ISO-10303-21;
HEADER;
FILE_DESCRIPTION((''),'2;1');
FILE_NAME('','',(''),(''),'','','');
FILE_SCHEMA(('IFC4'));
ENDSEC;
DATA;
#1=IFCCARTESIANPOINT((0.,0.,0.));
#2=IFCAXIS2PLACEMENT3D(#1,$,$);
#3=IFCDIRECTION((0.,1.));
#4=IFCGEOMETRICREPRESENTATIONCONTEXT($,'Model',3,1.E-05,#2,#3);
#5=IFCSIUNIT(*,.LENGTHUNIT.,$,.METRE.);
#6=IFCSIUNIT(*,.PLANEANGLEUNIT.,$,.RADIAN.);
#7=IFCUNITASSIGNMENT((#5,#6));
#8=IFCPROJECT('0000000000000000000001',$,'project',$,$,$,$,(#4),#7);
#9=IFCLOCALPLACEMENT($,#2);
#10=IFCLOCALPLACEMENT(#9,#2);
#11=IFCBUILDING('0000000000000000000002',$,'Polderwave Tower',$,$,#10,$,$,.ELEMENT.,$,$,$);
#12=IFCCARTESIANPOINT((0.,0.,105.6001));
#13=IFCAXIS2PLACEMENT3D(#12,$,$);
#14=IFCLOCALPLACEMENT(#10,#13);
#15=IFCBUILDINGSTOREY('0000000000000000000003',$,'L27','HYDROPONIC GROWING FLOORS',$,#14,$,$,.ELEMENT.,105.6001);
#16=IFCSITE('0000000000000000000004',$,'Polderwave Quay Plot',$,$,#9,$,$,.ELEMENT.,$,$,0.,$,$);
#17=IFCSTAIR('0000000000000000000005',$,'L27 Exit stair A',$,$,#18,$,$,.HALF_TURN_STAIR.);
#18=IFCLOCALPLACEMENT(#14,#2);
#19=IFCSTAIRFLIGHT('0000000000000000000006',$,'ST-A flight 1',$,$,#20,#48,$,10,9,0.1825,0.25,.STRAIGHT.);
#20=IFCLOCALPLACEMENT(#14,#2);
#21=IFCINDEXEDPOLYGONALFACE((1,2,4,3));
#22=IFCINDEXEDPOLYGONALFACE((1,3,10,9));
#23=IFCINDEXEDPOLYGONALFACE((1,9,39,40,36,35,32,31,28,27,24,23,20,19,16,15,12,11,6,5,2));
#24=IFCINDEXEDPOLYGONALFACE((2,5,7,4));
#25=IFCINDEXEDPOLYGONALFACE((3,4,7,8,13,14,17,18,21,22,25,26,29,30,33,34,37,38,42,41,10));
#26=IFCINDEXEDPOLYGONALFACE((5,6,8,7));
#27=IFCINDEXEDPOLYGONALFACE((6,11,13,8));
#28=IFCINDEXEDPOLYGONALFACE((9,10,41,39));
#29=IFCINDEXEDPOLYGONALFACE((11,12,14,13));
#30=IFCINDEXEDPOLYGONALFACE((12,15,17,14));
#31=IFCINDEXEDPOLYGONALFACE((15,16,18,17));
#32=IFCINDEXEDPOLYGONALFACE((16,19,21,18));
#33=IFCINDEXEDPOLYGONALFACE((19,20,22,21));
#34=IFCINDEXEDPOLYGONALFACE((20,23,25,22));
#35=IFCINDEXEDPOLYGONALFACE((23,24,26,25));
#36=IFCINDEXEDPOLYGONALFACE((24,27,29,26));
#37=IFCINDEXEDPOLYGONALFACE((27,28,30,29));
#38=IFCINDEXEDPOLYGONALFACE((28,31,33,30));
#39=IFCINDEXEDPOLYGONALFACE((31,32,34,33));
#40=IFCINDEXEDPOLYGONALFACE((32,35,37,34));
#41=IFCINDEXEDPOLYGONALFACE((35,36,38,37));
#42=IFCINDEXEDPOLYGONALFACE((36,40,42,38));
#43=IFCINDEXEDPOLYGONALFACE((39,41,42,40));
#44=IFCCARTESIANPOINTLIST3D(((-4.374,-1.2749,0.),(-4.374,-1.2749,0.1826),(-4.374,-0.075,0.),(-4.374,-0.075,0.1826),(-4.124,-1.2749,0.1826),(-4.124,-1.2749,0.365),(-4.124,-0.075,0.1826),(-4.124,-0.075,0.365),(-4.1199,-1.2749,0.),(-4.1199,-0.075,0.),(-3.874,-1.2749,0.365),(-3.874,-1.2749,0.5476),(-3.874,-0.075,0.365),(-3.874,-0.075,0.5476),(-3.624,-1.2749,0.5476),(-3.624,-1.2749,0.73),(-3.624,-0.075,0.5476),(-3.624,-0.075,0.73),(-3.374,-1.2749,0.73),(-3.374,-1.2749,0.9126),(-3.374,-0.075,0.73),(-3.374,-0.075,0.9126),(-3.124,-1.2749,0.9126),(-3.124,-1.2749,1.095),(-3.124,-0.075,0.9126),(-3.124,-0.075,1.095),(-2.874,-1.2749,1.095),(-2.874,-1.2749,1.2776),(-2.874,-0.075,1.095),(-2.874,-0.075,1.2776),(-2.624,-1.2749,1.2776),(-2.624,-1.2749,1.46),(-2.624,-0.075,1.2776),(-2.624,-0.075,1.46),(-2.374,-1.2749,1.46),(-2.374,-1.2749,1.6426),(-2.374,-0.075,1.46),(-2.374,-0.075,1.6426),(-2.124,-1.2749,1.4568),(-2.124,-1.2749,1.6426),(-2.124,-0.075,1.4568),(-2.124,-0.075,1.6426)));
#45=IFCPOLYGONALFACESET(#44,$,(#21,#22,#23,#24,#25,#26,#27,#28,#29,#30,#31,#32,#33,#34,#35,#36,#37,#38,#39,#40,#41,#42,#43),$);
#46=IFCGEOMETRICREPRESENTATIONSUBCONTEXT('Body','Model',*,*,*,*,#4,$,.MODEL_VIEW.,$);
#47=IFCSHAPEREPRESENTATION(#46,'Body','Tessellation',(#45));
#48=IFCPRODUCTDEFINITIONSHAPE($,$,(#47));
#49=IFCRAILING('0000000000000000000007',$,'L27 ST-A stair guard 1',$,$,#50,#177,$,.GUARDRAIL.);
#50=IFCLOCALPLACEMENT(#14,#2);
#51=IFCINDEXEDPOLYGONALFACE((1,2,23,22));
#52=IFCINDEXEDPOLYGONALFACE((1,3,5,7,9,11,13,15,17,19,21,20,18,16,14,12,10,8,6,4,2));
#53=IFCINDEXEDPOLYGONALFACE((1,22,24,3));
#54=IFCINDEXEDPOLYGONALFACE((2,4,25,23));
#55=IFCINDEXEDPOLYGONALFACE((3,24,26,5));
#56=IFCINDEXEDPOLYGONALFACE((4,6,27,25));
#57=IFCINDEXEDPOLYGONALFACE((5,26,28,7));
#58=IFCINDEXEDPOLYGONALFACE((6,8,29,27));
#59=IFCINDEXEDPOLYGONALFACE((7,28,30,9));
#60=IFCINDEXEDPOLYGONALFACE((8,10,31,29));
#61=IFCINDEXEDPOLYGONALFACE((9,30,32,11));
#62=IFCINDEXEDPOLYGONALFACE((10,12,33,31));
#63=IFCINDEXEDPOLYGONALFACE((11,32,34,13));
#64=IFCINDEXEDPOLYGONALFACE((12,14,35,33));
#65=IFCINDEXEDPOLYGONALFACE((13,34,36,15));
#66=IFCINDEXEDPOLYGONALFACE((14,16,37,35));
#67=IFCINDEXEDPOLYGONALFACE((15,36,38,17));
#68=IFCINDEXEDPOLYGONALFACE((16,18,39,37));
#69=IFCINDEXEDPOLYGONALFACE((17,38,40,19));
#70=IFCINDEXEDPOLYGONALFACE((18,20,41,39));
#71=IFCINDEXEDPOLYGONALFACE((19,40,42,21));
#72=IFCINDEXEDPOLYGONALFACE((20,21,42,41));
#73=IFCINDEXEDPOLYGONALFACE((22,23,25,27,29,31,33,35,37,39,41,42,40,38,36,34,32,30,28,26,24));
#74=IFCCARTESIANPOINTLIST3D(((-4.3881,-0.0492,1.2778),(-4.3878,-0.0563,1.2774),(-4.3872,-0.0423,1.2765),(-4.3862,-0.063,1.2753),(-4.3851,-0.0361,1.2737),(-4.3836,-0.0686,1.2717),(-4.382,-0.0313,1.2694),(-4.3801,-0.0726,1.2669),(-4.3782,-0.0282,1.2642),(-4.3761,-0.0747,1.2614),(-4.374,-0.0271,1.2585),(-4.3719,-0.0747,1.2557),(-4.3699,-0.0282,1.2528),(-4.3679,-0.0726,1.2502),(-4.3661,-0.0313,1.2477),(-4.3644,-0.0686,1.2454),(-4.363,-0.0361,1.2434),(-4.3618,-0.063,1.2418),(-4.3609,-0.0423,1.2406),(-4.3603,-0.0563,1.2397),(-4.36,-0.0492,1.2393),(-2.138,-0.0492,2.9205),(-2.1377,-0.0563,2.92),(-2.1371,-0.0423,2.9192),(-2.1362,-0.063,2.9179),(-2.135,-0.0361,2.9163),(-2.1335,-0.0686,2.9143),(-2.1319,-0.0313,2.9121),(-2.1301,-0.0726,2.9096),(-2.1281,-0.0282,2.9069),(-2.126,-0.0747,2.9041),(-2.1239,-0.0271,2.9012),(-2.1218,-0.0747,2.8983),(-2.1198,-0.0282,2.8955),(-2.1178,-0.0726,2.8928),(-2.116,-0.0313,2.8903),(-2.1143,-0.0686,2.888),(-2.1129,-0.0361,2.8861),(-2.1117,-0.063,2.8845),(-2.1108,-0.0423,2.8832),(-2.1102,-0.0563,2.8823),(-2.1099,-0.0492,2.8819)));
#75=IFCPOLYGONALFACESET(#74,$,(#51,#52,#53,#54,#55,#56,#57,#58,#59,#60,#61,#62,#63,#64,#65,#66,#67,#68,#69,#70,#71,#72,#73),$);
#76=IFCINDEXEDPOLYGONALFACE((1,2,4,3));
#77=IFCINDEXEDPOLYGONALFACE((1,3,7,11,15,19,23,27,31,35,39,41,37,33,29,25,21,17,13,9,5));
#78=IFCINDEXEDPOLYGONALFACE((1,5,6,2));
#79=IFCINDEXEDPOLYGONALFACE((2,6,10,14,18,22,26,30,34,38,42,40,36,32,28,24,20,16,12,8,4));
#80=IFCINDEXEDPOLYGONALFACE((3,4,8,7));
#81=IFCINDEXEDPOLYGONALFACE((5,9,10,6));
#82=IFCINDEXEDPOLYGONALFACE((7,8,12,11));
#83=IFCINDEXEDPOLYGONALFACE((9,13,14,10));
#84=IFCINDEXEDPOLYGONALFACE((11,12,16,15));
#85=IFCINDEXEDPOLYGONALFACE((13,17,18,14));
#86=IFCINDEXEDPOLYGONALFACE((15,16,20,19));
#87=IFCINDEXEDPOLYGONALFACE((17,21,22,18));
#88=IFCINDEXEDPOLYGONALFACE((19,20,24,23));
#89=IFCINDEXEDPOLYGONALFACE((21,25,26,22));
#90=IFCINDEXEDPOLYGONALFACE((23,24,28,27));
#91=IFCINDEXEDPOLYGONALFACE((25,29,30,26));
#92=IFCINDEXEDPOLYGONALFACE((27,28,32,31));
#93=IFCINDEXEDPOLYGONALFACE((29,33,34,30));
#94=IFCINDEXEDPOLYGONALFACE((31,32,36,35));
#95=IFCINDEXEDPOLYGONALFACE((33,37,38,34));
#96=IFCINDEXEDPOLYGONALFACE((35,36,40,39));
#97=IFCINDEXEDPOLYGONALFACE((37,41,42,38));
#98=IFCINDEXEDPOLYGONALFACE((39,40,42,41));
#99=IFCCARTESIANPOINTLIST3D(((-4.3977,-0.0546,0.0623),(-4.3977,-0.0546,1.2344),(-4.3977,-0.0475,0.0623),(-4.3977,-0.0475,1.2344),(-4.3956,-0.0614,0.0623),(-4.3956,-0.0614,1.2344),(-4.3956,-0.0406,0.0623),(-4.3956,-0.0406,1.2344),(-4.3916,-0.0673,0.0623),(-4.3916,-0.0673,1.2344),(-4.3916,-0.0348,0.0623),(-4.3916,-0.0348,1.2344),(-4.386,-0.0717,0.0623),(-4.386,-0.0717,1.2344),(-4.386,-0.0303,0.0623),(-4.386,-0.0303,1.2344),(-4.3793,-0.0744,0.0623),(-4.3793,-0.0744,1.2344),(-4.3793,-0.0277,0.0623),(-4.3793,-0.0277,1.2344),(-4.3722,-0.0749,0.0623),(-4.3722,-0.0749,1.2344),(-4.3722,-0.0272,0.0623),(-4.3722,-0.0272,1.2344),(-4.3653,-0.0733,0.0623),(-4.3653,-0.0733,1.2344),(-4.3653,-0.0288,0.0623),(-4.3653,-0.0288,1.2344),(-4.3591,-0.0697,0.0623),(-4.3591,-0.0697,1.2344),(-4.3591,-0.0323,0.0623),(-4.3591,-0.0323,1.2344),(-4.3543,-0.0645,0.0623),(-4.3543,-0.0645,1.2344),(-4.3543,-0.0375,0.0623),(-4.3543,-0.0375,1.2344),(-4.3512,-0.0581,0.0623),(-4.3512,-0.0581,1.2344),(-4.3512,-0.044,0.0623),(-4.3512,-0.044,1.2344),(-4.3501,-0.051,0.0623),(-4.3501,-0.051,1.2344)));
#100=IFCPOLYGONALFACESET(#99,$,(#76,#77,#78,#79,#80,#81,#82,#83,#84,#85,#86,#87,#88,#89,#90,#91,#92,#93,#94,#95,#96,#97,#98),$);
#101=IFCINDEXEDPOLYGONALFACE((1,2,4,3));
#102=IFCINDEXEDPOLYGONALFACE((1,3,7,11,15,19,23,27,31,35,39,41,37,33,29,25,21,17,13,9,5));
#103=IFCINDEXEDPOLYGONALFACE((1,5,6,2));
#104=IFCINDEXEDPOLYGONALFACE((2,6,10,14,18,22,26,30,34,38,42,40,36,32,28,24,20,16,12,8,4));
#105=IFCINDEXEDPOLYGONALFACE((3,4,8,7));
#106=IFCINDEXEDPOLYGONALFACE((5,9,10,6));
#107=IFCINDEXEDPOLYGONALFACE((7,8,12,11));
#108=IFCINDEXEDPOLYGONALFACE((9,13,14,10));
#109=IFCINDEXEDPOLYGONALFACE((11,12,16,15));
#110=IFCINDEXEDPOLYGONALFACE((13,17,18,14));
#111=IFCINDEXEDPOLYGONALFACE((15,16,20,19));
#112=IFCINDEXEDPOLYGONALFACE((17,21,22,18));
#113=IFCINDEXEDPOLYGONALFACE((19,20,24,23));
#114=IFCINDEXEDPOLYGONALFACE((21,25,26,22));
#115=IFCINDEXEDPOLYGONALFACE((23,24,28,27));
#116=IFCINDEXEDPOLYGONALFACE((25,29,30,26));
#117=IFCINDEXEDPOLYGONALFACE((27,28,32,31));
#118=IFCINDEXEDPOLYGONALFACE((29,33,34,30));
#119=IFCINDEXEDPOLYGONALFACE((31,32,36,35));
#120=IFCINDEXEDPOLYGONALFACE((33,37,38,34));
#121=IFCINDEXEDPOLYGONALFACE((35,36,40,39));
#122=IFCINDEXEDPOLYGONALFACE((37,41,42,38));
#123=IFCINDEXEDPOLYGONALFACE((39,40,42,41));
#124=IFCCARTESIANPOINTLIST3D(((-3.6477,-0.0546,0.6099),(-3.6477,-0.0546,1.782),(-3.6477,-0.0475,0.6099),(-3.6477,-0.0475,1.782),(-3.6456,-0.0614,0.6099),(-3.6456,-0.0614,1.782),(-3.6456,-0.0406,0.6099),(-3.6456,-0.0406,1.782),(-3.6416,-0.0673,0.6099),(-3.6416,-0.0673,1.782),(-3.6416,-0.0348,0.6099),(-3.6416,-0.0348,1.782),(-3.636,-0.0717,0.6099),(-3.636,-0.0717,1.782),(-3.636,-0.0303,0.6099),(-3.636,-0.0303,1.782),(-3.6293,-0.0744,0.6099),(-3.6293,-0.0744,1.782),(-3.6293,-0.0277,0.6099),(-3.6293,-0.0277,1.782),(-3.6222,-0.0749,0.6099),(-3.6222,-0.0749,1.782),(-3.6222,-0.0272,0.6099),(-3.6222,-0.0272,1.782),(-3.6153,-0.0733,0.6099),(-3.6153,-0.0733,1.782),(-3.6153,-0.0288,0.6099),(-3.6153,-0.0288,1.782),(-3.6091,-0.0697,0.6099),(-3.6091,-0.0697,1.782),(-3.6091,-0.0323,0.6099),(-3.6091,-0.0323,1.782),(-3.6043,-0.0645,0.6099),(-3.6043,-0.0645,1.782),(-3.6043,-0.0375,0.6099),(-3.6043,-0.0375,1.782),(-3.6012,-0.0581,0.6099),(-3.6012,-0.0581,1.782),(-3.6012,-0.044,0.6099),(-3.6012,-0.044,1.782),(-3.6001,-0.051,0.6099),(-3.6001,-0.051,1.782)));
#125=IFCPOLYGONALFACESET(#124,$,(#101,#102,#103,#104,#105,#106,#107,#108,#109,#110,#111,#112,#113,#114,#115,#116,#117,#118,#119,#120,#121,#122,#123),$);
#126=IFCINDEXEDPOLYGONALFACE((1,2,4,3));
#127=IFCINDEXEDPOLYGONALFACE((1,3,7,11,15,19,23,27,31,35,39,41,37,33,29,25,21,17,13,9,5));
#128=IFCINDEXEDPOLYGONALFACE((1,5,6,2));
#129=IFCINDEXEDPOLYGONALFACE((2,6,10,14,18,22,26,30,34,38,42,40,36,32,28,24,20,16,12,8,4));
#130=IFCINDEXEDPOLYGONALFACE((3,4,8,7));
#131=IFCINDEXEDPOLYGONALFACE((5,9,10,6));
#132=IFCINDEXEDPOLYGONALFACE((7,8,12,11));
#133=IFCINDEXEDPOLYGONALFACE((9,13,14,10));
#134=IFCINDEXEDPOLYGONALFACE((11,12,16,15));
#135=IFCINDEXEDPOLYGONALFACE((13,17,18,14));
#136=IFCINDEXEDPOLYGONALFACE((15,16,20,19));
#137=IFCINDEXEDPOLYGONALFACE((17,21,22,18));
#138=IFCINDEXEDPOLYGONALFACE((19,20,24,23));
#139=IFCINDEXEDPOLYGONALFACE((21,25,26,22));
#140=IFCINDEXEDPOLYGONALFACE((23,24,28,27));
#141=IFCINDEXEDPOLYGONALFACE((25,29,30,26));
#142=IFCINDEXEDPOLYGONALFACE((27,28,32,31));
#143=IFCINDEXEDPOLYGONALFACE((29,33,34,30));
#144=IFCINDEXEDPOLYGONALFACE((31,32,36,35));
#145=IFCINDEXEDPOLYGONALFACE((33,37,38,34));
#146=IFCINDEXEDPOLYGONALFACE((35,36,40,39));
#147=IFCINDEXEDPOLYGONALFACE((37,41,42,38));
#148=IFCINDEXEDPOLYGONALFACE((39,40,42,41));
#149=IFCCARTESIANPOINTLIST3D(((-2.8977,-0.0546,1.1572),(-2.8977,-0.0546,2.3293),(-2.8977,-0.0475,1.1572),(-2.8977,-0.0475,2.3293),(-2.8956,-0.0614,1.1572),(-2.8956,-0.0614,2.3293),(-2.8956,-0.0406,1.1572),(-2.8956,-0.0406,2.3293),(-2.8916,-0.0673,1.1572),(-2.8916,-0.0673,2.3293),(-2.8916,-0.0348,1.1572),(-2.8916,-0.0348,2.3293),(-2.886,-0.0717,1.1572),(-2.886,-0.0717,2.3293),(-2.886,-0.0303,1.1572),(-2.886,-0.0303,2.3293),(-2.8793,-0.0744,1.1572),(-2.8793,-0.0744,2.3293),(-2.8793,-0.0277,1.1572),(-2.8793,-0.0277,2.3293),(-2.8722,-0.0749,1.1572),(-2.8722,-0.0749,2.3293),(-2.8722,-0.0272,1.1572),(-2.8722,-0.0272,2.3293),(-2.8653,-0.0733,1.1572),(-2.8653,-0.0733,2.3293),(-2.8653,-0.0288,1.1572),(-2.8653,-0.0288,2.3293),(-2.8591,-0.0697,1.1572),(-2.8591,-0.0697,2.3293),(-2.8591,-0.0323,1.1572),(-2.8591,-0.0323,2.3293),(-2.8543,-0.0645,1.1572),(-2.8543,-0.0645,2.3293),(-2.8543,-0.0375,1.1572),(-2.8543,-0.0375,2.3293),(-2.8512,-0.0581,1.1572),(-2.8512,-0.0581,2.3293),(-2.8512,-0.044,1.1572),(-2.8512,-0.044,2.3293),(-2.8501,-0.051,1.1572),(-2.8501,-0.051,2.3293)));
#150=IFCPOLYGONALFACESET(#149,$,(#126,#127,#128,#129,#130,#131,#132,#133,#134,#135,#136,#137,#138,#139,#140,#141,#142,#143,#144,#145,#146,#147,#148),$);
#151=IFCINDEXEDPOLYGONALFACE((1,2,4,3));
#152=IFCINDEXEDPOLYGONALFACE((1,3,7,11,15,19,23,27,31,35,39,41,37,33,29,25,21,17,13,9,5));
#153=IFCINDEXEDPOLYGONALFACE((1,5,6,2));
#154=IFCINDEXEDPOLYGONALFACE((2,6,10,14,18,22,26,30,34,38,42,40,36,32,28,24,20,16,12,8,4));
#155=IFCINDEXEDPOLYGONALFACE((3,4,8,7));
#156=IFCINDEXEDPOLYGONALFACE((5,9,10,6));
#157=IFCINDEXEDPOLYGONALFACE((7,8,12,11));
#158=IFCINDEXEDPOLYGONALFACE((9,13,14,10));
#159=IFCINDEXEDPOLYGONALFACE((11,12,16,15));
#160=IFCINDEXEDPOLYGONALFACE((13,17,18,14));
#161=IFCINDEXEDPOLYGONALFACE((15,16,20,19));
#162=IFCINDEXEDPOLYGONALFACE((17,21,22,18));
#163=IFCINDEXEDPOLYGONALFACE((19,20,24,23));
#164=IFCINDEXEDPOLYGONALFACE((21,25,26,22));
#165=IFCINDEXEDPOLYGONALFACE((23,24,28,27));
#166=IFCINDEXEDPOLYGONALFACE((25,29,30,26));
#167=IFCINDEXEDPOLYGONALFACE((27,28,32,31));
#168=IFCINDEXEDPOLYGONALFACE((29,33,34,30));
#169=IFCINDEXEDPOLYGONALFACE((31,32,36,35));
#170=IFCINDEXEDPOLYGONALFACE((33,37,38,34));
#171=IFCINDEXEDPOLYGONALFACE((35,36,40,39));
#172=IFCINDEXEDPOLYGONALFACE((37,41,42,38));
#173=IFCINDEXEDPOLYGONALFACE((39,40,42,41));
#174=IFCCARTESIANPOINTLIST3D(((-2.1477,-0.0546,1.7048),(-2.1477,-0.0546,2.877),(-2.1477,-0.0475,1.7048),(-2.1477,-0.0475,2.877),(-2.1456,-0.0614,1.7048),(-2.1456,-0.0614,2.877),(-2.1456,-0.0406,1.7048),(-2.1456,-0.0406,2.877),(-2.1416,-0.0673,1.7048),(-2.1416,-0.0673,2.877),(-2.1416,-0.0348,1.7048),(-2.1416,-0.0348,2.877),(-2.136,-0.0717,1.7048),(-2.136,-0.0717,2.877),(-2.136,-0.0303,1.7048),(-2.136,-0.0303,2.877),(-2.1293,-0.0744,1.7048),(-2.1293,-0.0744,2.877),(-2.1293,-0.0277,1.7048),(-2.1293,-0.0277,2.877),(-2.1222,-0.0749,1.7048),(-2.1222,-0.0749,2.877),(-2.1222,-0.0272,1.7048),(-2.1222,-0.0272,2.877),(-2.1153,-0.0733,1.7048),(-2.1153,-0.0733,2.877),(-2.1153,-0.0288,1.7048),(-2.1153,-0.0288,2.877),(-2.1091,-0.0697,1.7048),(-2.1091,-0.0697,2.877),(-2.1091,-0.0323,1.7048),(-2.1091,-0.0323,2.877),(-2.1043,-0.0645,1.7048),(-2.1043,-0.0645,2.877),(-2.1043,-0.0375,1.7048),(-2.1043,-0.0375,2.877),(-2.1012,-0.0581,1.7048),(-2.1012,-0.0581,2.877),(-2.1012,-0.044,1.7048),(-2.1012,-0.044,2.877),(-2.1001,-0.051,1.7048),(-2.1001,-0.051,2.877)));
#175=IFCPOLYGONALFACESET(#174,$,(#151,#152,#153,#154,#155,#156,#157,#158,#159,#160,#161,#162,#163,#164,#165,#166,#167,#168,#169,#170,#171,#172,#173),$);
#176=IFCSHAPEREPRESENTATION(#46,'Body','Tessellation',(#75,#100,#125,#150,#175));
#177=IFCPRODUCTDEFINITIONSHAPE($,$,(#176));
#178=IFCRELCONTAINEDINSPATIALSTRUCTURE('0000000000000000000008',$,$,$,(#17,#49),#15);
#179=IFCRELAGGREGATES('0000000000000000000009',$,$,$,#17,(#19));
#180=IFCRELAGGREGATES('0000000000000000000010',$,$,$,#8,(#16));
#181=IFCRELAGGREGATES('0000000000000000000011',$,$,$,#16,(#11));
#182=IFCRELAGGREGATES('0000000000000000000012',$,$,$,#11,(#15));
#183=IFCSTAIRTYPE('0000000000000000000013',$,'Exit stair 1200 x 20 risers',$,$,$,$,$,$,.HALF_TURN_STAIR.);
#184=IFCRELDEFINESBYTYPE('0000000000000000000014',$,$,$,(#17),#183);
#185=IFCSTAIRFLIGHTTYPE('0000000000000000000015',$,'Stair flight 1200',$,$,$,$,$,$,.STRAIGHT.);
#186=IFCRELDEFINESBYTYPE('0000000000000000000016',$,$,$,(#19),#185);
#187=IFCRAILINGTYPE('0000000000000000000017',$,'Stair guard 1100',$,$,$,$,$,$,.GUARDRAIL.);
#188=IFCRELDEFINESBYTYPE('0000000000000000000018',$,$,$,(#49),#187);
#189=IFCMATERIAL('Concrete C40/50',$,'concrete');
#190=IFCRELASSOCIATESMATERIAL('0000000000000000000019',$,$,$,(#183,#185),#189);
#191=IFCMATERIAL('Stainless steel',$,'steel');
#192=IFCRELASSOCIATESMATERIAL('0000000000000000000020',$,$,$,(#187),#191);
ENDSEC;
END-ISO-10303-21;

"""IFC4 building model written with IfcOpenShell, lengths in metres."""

from ifc_helpers import new_model, si_unit, direction, frame, origin, origin_2d, place, context, subcontext, project, spatial, polyline, circle, outline, extrude, material, type_object, element, aggregate, save


model = new_model("IFC4")

# Units and contexts
model_context = context("Model", 3, precision=1e-05, world=origin(), true_north=direction((0.0, 1.0)))
body_context = subcontext(model_context, "Body", "Model", "MODEL_VIEW")
ifc_project = project(units=[si_unit("LENGTHUNIT", "METRE"), si_unit("PLANEANGLEUNIT", "RADIAN")], contexts=[model_context])

# Site, building, storey
site_placement = place(None, origin())
site = spatial("IfcSite", under=ifc_project, at=site_placement, Name="Polderwave Quay Plot", CompositionType="ELEMENT", RefElevation=0.0)
building_placement = place(site_placement, origin())
building = spatial("IfcBuilding", under=site, at=building_placement, Name="Polderwave Tower", CompositionType="ELEMENT")
storey_placement = place(building_placement, frame((0.0, 0.0, 105.6001)))
storey = spatial("IfcBuildingStorey", under=building, at=storey_placement, Name="L27", Description="HYDROPONIC GROWING FLOORS", CompositionType="ELEMENT", Elevation=105.6001)

# Shared definitions
ifc_material_1 = material(Name="Concrete C40/50", Category="concrete")

# Stair, stair flight
stair_type = type_object("IfcStairType", Name="Exit stair 1200 x 20 risers", PredefinedType="HALF_TURN_STAIR", material=ifc_material_1)
stair_placement = place(storey_placement, origin())
stair = element("IfcStair", 1, at=stair_placement, inside=storey, type_object=stair_type, Name="L27 Exit stair A", PredefinedType="HALF_TURN_STAIR")
stair_flight_type = type_object("IfcStairFlightType", Name="Stair flight 1200", PredefinedType="STRAIGHT", material=ifc_material_1)
stair_flight_placement = place(storey_placement, frame((-4.374, -0.675, 0.0), z_axis=(0.0, 0.0, 1.0), x_axis=(1.0, 0.0, 0.0)))
stair_flight = element("IfcStairFlight", 2, at=stair_flight_placement, type_object=stair_flight_type, Name="ST-A flight 1", NumberOfRisers=10, NumberOfTreads=9, PredefinedType="STRAIGHT", RiserHeight=0.1825, TreadLength=0.25, context=body_context, shape_type="SweptSolid", body=[
    extrude(outline(polyline([(0.0, 0.0), (0.0, 0.1826), (0.25, 0.1826), (0.25, 0.365), (0.5, 0.365), (0.5, 0.5476), (0.75, 0.5476), (0.75, 0.73), (1.0, 0.73), (1.0, 0.9126), (1.25, 0.9126), (1.25, 1.095), (1.5, 1.095), (1.5, 1.2776), (1.75, 1.2776), (1.75, 1.46), (2.0, 1.46), (2.0, 1.6426), (2.25, 1.6426), (2.25, 1.825), (2.25, 1.4568), (0.2542, 0.0), (0.0, 0.0)])), frame((0.0, 0.6001, 0.0), z_axis=(0.0, -1.0, 0.0), x_axis=(1.0, 0.0, 0.0)), (0.0, 0.0, 1.0), 1.2),
])
aggregate(stair, [stair_flight])

# Railing
ifc_material_2 = material(Name="Stainless steel", Category="steel")
railing_type_1 = type_object("IfcRailingType", Name="Stair guard 1100", PredefinedType="GUARDRAIL", material=ifc_material_2)
railing_1_placement = place(storey_placement, frame((-4.374, -0.051, 0.0623)))
element("IfcRailing", 3, at=railing_1_placement, inside=storey, type_object=railing_type_1, Name="L27 ST-A stair guard 1", PredefinedType="GUARDRAIL", context=body_context, shape_type="SweptSolid", body=[
    extrude(circle(Radius=0.0239, at=origin_2d()), frame((0.0, 0.0, 1.1963), z_axis=(0.807674, 0.0, 0.58963), x_axis=(0.0, 1.0, 0.0)), (0.0, 0.0, 1.0), 2.7859),
    extrude(circle(Radius=0.0239, at=origin_2d()), origin(), (0.0, 0.0, 1.0), 1.1721),
    extrude(circle(Radius=0.0239, at=origin_2d()), frame((0.75, 0.0, 0.5476)), (0.0, 0.0, 1.0), 1.1721),
    extrude(circle(Radius=0.0239, at=origin_2d()), frame((1.5, 0.0, 1.095)), (0.0, 0.0, 1.0), 1.1721),
    extrude(circle(Radius=0.0239, at=origin_2d()), frame((2.25, 0.0, 1.6426)), (0.0, 0.0, 1.0), 1.1721),
])

save(model, "model.ifc")
